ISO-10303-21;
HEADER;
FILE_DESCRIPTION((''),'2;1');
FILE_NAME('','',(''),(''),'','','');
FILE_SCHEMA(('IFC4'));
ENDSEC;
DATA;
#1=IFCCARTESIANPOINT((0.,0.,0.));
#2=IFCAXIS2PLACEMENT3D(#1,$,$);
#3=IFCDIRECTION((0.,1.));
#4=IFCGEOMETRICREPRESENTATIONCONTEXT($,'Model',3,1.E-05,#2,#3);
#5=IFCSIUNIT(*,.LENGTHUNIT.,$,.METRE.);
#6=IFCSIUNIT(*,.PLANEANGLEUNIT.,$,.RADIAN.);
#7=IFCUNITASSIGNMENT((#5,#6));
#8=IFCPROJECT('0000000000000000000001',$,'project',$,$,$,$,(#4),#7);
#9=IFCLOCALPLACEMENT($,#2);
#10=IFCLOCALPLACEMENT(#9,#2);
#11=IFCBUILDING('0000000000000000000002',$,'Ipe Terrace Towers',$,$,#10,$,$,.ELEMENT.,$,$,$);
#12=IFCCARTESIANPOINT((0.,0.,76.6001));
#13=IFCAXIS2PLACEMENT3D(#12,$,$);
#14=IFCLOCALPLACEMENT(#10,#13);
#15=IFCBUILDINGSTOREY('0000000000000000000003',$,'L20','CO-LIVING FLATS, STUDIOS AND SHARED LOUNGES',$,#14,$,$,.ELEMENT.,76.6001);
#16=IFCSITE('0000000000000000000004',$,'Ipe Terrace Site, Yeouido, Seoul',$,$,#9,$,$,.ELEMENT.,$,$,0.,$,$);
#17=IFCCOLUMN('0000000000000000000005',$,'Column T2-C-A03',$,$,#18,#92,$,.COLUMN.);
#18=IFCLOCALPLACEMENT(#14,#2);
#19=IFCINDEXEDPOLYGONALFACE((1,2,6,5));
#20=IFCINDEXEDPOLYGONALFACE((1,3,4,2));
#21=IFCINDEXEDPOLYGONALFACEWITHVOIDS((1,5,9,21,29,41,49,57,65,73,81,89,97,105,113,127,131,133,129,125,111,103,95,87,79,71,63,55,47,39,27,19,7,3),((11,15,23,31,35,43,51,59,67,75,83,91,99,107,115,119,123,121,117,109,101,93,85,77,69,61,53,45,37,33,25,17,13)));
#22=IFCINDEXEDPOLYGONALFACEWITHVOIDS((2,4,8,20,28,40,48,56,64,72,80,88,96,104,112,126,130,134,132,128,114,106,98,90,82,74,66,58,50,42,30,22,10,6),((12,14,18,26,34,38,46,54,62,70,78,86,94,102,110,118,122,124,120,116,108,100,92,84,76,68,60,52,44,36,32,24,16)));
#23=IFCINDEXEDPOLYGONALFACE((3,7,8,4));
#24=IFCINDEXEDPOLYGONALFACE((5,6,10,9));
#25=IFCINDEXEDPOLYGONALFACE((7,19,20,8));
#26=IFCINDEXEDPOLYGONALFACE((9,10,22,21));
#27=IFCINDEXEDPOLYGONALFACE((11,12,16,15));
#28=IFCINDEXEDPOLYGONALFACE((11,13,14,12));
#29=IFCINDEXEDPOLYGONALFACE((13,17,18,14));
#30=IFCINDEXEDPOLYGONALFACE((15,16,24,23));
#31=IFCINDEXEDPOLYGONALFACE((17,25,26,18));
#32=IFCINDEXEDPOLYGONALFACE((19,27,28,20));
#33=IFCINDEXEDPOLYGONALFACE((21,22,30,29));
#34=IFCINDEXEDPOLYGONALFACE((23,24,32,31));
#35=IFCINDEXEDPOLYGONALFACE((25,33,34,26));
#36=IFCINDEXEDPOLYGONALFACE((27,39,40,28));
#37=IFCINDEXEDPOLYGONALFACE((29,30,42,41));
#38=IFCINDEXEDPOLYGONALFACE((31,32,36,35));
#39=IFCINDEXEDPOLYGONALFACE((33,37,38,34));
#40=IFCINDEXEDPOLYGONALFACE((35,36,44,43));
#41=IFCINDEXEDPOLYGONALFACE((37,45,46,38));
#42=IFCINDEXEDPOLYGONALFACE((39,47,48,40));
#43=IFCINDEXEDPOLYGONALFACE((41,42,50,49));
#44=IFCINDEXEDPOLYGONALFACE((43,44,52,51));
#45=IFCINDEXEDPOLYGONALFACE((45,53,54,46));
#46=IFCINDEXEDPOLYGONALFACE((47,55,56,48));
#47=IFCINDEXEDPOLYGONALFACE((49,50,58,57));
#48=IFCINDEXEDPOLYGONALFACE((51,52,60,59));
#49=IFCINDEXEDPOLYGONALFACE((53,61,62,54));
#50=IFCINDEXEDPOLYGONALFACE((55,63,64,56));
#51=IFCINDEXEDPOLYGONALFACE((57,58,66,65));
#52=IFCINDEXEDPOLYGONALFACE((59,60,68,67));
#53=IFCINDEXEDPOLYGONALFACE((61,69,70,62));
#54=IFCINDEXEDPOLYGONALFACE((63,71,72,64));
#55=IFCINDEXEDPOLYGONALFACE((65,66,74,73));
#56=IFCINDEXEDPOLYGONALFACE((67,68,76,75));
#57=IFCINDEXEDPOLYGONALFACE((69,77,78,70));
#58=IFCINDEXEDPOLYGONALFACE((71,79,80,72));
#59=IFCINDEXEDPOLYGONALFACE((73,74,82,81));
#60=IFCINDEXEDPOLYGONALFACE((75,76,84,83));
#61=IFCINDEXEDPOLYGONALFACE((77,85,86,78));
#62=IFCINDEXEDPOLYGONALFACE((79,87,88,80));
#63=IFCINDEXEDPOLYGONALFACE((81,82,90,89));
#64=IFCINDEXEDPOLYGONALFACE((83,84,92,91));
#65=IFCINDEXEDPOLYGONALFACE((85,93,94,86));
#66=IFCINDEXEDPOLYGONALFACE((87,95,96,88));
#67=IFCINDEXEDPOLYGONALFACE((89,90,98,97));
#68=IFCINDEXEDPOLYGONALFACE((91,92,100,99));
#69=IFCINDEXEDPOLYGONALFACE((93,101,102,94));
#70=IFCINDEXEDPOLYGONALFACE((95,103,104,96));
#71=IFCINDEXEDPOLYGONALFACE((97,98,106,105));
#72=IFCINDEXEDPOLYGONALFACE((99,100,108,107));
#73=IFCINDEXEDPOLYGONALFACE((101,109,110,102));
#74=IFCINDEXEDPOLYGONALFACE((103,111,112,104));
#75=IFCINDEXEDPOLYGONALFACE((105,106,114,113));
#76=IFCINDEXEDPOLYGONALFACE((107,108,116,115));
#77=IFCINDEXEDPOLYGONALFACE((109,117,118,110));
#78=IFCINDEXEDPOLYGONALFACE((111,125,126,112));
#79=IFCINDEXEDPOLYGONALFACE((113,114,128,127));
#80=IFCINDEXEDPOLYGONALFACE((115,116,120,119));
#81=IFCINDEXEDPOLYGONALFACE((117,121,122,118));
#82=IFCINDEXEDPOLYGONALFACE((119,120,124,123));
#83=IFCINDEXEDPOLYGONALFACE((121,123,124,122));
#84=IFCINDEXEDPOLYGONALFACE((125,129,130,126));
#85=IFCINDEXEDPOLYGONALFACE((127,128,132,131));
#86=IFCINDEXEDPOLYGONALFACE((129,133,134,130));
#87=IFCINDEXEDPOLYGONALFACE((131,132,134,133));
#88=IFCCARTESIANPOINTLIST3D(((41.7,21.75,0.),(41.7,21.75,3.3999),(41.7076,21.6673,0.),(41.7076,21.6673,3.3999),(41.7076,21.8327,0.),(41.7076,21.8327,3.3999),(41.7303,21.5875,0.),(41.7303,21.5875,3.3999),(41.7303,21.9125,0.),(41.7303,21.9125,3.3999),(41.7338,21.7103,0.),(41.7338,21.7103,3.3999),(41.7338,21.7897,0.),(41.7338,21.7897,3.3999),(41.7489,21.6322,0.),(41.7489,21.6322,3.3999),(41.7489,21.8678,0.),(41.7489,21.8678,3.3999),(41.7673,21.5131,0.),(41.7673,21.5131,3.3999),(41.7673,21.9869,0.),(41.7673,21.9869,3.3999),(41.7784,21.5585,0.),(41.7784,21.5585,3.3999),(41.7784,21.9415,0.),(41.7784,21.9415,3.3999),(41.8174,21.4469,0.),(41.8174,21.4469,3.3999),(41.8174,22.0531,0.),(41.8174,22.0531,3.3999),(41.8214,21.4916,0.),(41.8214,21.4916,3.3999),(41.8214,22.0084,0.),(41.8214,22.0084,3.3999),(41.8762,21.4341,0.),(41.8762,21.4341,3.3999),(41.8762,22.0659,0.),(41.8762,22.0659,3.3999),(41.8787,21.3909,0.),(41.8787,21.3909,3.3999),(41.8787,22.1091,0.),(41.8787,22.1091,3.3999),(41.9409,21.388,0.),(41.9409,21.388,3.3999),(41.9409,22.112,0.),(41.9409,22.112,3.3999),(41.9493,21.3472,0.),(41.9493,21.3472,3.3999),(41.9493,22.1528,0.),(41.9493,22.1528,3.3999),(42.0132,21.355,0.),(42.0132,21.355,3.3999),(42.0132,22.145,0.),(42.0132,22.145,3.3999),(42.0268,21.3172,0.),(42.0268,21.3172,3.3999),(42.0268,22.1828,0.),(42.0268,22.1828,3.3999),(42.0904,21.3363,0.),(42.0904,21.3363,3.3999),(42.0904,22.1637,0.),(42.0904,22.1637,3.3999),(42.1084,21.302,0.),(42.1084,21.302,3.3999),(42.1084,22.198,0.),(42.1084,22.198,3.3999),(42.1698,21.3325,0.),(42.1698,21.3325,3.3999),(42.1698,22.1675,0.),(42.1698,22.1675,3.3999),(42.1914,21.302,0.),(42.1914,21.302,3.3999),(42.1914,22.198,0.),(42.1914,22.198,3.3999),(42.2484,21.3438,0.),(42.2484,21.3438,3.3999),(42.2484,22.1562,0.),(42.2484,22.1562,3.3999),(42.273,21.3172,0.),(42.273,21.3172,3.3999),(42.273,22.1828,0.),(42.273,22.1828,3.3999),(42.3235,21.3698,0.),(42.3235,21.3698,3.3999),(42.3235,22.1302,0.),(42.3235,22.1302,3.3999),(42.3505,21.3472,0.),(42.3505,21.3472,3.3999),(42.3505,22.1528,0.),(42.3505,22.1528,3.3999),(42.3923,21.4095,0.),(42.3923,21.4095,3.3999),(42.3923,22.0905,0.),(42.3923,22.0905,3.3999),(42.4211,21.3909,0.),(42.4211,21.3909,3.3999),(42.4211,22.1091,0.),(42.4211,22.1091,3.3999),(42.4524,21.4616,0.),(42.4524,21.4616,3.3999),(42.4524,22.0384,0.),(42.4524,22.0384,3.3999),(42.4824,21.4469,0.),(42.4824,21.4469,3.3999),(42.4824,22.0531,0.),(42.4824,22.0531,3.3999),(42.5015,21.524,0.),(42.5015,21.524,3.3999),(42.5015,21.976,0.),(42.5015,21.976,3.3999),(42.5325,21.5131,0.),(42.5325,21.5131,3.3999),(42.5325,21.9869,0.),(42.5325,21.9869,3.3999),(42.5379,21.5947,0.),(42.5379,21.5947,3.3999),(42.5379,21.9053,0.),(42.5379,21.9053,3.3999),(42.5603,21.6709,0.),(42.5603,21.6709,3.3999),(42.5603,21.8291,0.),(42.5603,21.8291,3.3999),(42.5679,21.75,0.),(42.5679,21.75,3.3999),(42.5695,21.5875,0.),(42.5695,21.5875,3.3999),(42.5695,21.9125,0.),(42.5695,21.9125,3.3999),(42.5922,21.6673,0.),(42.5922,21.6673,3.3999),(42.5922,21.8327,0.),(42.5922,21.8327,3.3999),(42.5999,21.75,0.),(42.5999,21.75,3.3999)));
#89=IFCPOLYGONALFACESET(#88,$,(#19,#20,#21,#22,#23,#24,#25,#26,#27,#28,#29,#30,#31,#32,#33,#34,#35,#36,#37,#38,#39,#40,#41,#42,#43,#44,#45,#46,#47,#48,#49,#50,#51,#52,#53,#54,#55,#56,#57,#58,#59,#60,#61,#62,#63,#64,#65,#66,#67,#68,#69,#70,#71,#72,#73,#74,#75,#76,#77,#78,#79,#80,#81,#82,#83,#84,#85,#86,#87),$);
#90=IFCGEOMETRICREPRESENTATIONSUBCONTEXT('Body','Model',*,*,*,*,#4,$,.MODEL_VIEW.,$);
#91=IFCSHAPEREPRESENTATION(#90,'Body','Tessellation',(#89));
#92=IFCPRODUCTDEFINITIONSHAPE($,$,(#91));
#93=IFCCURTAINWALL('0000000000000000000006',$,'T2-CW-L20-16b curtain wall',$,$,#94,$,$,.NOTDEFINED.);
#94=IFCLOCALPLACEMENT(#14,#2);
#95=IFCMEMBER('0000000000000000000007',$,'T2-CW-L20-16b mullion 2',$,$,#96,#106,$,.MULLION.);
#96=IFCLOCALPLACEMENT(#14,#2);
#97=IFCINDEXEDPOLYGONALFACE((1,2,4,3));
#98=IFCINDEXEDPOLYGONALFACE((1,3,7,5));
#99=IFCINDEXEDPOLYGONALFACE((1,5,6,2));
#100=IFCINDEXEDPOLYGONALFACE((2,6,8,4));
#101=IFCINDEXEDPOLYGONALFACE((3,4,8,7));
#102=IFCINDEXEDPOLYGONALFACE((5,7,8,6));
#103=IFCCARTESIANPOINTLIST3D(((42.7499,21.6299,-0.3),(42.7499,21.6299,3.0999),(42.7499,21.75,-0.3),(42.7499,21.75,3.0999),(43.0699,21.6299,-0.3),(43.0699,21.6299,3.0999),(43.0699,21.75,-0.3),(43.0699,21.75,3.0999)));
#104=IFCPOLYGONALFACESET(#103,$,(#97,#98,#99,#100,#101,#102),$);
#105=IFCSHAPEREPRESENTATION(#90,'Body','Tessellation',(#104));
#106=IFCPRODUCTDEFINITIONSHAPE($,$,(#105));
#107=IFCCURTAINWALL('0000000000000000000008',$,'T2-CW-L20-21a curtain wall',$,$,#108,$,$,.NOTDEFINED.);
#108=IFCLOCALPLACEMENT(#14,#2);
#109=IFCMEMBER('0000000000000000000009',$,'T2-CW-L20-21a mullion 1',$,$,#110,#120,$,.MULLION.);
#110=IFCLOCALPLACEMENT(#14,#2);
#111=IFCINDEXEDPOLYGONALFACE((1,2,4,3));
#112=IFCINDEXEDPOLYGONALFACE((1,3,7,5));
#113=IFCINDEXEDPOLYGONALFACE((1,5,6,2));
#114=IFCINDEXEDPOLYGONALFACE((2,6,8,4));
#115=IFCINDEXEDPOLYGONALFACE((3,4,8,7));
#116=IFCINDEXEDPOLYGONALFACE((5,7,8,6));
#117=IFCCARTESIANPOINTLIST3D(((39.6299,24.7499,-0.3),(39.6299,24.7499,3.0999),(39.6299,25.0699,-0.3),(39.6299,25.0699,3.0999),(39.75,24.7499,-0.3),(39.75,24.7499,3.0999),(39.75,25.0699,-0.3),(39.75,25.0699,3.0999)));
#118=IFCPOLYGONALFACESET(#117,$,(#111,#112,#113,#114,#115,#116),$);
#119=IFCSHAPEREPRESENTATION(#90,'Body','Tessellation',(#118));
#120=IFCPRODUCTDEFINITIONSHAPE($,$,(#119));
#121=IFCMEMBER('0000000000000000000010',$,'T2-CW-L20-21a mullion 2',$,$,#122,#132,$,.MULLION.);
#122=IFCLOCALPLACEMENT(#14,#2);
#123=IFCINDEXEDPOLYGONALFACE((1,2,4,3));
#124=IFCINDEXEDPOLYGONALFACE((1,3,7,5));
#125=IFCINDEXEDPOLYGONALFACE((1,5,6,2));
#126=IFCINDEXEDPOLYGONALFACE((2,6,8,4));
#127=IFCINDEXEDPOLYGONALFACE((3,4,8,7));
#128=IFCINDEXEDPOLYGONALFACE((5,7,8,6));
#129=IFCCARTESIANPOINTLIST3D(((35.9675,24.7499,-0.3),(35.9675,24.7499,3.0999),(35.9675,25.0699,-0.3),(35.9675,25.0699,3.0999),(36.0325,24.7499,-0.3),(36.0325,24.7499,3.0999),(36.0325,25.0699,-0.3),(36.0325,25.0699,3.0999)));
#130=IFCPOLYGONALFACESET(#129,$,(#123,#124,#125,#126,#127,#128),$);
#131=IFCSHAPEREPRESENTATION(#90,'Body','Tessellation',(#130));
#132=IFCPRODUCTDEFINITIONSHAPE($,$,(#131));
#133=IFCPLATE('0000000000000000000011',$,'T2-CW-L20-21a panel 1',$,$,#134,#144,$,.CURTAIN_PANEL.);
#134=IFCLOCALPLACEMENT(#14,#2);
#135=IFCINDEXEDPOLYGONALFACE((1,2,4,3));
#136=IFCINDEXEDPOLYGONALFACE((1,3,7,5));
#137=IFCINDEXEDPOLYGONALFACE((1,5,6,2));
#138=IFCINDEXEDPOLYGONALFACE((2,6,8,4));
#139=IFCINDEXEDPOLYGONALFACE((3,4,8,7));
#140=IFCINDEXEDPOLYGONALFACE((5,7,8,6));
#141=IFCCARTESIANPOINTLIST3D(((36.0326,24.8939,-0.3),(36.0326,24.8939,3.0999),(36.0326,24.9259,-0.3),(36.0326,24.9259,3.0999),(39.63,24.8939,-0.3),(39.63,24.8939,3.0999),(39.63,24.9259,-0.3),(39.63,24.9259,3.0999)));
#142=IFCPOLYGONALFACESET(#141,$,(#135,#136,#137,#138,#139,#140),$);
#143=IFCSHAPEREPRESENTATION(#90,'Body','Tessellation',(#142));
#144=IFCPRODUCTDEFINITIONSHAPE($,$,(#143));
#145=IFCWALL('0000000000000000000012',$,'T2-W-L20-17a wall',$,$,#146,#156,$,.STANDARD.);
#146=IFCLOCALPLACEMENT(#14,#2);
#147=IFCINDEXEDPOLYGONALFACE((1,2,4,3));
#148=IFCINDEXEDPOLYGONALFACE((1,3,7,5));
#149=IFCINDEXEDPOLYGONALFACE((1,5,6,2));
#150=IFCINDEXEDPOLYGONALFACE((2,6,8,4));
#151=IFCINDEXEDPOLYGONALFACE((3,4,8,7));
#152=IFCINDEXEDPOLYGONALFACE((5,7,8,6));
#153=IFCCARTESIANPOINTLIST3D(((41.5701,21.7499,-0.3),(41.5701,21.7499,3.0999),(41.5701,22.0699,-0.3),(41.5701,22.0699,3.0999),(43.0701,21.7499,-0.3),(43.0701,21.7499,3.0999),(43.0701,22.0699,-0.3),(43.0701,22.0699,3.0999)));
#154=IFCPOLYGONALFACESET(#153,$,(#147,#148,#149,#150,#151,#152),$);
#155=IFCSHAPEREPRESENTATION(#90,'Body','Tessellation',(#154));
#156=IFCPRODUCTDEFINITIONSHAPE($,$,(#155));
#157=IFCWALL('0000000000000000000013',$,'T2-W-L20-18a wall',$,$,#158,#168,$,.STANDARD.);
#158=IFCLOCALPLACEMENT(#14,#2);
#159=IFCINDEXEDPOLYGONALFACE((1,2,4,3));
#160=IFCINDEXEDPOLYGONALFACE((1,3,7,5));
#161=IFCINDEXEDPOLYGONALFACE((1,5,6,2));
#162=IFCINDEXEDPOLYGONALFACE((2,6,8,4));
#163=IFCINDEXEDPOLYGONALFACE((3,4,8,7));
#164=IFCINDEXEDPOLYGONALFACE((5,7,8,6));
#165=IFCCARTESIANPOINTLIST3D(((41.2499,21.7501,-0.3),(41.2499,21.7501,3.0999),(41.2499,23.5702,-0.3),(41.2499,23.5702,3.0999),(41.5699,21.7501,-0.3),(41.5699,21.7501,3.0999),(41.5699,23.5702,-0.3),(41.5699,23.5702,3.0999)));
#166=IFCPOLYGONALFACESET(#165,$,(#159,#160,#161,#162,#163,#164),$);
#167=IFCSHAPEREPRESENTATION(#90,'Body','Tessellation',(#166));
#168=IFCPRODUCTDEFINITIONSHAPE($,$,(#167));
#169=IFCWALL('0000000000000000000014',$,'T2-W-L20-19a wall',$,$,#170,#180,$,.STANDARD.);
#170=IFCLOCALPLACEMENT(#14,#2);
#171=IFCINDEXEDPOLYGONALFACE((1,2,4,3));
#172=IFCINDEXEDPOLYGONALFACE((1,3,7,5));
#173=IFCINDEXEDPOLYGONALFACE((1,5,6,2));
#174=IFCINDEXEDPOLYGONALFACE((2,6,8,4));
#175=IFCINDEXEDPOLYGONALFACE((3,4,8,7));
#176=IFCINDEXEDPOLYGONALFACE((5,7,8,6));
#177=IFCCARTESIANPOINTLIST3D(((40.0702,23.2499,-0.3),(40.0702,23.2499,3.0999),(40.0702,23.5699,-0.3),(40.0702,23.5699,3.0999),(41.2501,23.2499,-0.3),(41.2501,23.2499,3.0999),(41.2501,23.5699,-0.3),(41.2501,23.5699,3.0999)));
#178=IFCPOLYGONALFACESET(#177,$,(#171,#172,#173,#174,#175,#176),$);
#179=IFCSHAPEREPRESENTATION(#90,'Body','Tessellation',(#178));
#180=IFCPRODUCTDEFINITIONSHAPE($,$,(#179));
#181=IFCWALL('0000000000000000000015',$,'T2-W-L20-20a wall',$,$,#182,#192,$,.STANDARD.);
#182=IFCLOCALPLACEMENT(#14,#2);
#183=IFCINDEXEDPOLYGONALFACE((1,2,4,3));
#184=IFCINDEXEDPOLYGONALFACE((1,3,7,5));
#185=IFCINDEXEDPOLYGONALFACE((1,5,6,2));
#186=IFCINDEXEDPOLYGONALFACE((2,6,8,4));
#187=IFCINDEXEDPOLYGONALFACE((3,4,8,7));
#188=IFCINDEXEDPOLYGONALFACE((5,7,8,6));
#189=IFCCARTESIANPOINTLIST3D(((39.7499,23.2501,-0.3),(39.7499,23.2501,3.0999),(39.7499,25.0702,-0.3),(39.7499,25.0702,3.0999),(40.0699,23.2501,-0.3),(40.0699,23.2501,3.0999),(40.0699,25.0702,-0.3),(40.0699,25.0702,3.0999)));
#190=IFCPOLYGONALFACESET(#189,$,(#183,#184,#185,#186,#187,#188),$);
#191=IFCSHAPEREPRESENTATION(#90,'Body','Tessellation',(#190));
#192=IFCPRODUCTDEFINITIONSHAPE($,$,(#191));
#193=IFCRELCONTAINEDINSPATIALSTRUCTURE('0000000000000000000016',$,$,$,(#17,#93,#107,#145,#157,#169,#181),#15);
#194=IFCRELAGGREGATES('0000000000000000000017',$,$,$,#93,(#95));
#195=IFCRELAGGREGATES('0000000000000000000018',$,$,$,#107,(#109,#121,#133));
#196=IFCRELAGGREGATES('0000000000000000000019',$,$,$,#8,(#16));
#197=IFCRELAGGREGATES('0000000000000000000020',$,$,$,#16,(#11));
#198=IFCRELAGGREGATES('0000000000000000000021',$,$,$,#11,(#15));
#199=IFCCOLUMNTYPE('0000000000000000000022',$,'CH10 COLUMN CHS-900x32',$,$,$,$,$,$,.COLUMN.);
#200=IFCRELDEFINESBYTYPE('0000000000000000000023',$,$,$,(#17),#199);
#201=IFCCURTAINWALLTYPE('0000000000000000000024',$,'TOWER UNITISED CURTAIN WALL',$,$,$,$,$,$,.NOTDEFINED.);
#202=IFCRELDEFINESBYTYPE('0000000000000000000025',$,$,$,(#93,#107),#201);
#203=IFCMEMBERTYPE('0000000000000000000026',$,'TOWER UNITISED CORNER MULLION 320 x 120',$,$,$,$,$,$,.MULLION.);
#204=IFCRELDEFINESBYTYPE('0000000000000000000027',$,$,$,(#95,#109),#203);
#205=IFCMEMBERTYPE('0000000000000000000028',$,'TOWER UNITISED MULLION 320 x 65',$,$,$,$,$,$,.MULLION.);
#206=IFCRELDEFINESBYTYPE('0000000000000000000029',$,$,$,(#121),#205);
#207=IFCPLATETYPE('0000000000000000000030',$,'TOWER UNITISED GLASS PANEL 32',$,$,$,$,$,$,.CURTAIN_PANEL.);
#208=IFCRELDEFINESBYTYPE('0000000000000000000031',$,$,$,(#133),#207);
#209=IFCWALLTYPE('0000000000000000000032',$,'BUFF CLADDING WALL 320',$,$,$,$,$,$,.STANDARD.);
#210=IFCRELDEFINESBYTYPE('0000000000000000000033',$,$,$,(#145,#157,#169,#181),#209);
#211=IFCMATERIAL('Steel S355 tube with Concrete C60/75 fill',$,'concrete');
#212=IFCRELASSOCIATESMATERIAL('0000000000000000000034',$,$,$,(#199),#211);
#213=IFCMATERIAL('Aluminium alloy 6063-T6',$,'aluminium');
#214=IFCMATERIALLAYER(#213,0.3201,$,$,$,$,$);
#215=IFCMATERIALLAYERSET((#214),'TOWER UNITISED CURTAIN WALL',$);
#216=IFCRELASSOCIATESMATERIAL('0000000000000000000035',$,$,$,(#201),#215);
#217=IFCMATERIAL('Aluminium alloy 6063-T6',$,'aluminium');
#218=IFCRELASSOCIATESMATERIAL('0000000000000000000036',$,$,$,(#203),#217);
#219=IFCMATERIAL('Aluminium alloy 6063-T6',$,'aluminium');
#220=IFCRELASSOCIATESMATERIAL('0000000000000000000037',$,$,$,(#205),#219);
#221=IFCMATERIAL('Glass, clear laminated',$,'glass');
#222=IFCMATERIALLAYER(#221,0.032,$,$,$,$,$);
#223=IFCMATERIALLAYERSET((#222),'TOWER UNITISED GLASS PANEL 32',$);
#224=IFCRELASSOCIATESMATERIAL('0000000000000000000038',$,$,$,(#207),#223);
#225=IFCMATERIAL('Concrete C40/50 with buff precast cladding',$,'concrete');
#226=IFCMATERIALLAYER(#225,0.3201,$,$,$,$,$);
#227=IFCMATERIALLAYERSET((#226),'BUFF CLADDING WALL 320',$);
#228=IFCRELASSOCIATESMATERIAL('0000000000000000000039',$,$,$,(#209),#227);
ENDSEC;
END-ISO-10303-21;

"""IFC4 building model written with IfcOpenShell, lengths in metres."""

from ifc_helpers import new_model, si_unit, direction, frame, frame_2d, origin, origin_2d, place, context, subcontext, project, spatial, rectangle, hollow_circle, extrude, material, layer, layer_set, material_profile, profile_set, type_object, element, aggregate, save


model = new_model("IFC4")

# Units and contexts
model_context = context("Model", 3, precision=1e-05, world=origin(), true_north=direction((0.0, 1.0)))
body_context = subcontext(model_context, "Body", "Model", "MODEL_VIEW")
ifc_project = project(units=[si_unit("LENGTHUNIT", "METRE"), si_unit("PLANEANGLEUNIT", "RADIAN")], contexts=[model_context])

# Site, building, storey
site_placement = place(None, origin())
site = spatial("IfcSite", under=ifc_project, at=site_placement, Name="Ipe Terrace Site, Yeouido, Seoul", CompositionType="ELEMENT", RefElevation=0.0)
building_placement = place(site_placement, origin())
building = spatial("IfcBuilding", under=site, at=building_placement, Name="Ipe Terrace Towers", CompositionType="ELEMENT")
storey_placement = place(building_placement, frame((0.0, 0.0, 76.6001)))
storey = spatial("IfcBuildingStorey", under=building, at=storey_placement, Name="L20", Description="CO-LIVING FLATS, STUDIOS AND SHARED LOUNGES", CompositionType="ELEMENT", Elevation=76.6001)

# Column
ifc_material_1 = material(Name="Steel S355 tube with Concrete C60/75 fill", Category="concrete")
ifc_material_profile_1 = material_profile(ifc_material_1, hollow_circle(Radius=0.45, WallThickness=0.032, at=origin_2d()), Name="CHS-900x32")
ifc_profile_set_1 = profile_set([ifc_material_profile_1], Name="Steel S355 tube with Concrete C60/75 fill")
column_type = type_object("IfcColumnType", Name="CH10 COLUMN CHS-900x32", PredefinedType="COLUMN", material=ifc_profile_set_1)
column_placement = place(storey_placement, frame((42.1499, 21.75, 0.0), z_axis=(0.0, 0.0, 1.0), x_axis=(1.0, 0.0, 0.0)))
element("IfcColumn", 1, at=column_placement, inside=storey, type_object=column_type, Name="Column T2-C-A03", PredefinedType="COLUMN", context=body_context, shape_type="SweptSolid", body=[
    extrude(hollow_circle(Radius=0.45, WallThickness=0.032, at=origin_2d()), origin(), (0.0, 0.0, 1.0), 3.3999),
])

# Curtain wall, member
ifc_material_2 = material(Name="Aluminium alloy 6063-T6", Category="aluminium")
ifc_layer_1 = layer(ifc_material_2, 0.3201)
ifc_layer_set_1 = layer_set([ifc_layer_1], Name="TOWER UNITISED CURTAIN WALL")
curtain_wall_type = type_object("IfcCurtainWallType", Name="TOWER UNITISED CURTAIN WALL", PredefinedType="NOTDEFINED", material=ifc_layer_set_1)
curtain_wall_1_placement = place(storey_placement, origin())
curtain_wall_1 = element("IfcCurtainWall", 2, at=curtain_wall_1_placement, inside=storey, type_object=curtain_wall_type, Name="T2-CW-L20-16b curtain wall", PredefinedType="NOTDEFINED")
ifc_material_3 = material(Name="Aluminium alloy 6063-T6", Category="aluminium")
ifc_material_profile_2 = material_profile(ifc_material_3, rectangle(XDim=0.3201, YDim=0.1201, at=origin_2d()), Name="TOWER UNITISED CORNER MULLION 320 x 120")
ifc_profile_set_2 = profile_set([ifc_material_profile_2], Name="Aluminium alloy 6063-T6")
member_type_1 = type_object("IfcMemberType", Name="TOWER UNITISED CORNER MULLION 320 x 120", PredefinedType="MULLION", material=ifc_profile_set_2)
member_1_placement = place(storey_placement, frame((42.9099, 21.6899, -0.3), z_axis=(0.0, 0.0, 1.0), x_axis=(1.0, 0.0, 0.0)))
member_1 = element("IfcMember", 3, at=member_1_placement, type_object=member_type_1, Name="T2-CW-L20-16b mullion 2", PredefinedType="MULLION", context=body_context, shape_type="SweptSolid", body=[
    extrude(rectangle(XDim=0.3201, YDim=0.1201, at=origin_2d()), origin(), (0.0, 0.0, 1.0), 3.3999),
])
aggregate(curtain_wall_1, [member_1])

# Curtain wall, members, plate
curtain_wall_2_placement = place(storey_placement, origin())
curtain_wall_2 = element("IfcCurtainWall", 4, at=curtain_wall_2_placement, inside=storey, type_object=curtain_wall_type, Name="T2-CW-L20-21a curtain wall", PredefinedType="NOTDEFINED")
member_2_placement = place(storey_placement, frame((39.6899, 24.9099, -0.3), z_axis=(0.0, 0.0, 1.0), x_axis=(0.0, 1.0, 0.0)))
member_2 = element("IfcMember", 5, at=member_2_placement, type_object=member_type_1, Name="T2-CW-L20-21a mullion 1", PredefinedType="MULLION", context=body_context, shape_type="SweptSolid", body=[
    extrude(rectangle(XDim=0.3201, YDim=0.1201, at=origin_2d()), origin(), (0.0, 0.0, 1.0), 3.3999),
])
ifc_material_4 = material(Name="Aluminium alloy 6063-T6", Category="aluminium")
ifc_material_profile_3 = material_profile(ifc_material_4, rectangle(XDim=0.3201, YDim=0.0649, at=origin_2d()), Name="TOWER UNITISED MULLION 320 x 65")
ifc_profile_set_3 = profile_set([ifc_material_profile_3], Name="Aluminium alloy 6063-T6")
member_type_2 = type_object("IfcMemberType", Name="TOWER UNITISED MULLION 320 x 65", PredefinedType="MULLION", material=ifc_profile_set_3)
member_3_placement = place(storey_placement, frame((36.0, 24.9099, -0.3), z_axis=(0.0, 0.0, 1.0), x_axis=(0.0, 1.0, 0.0)))
member_3 = element("IfcMember", 6, at=member_3_placement, type_object=member_type_2, Name="T2-CW-L20-21a mullion 2", PredefinedType="MULLION", context=body_context, shape_type="SweptSolid", body=[
    extrude(rectangle(XDim=0.3201, YDim=0.0649, at=origin_2d()), origin(), (0.0, 0.0, 1.0), 3.3999),
])
ifc_material_5 = material(Name="Glass, clear laminated", Category="glass")
ifc_layer_2 = layer(ifc_material_5, 0.032)
ifc_layer_set_2 = layer_set([ifc_layer_2], Name="TOWER UNITISED GLASS PANEL 32")
plate_type = type_object("IfcPlateType", Name="TOWER UNITISED GLASS PANEL 32", PredefinedType="CURTAIN_PANEL", material=ifc_layer_set_2)
plate_placement = place(storey_placement, frame((37.8313, 24.9099, -0.3), z_axis=(0.0, 0.0, 1.0), x_axis=(-1.0, 0.0, 0.0)))
plate = element("IfcPlate", 7, at=plate_placement, type_object=plate_type, Name="T2-CW-L20-21a panel 1", PredefinedType="CURTAIN_PANEL", context=body_context, shape_type="SweptSolid", body=[
    extrude(rectangle(XDim=3.5974, YDim=0.032, at=origin_2d()), origin(), (0.0, 0.0, 1.0), 3.3999),
])
aggregate(curtain_wall_2, [member_2, member_3, plate])

# Walls
ifc_material_6 = material(Name="Concrete C40/50 with buff precast cladding", Category="concrete")
ifc_layer_3 = layer(ifc_material_6, 0.3201)
ifc_layer_set_3 = layer_set([ifc_layer_3], Name="BUFF CLADDING WALL 320")
wall_type_1 = type_object("IfcWallType", Name="BUFF CLADDING WALL 320", PredefinedType="STANDARD", material=ifc_layer_set_3)
wall_1_placement = place(storey_placement, frame((43.0701, 21.9099, -0.3), z_axis=(0.0, 0.0, 1.0), x_axis=(-1.0, 0.0, 0.0)))
element("IfcWall", 8, at=wall_1_placement, inside=storey, type_object=wall_type_1, Name="T2-W-L20-17a wall", PredefinedType="STANDARD", context=body_context, shape_type="SweptSolid", body=[
    extrude(rectangle(XDim=1.5, YDim=0.3201, at=frame_2d((0.75, 0.0))), origin(), (0.0, 0.0, 1.0), 3.3999),
])
wall_2_placement = place(storey_placement, frame((41.4099, 21.75, -0.3), z_axis=(0.0, 0.0, 1.0), x_axis=(0.0, 1.0, 0.0)))
element("IfcWall", 9, at=wall_2_placement, inside=storey, type_object=wall_type_1, Name="T2-W-L20-18a wall", PredefinedType="STANDARD", context=body_context, shape_type="SweptSolid", body=[
    extrude(rectangle(XDim=1.8201, YDim=0.3201, at=frame_2d((0.9102, 0.0))), origin(), (0.0, 0.0, 1.0), 3.3999),
])
wall_3_placement = place(storey_placement, frame((41.25, 23.4099, -0.3), z_axis=(0.0, 0.0, 1.0), x_axis=(-1.0, 0.0, 0.0)))
element("IfcWall", 10, at=wall_3_placement, inside=storey, type_object=wall_type_1, Name="T2-W-L20-19a wall", PredefinedType="STANDARD", context=body_context, shape_type="SweptSolid", body=[
    extrude(rectangle(XDim=1.1799, YDim=0.3201, at=frame_2d((0.5898, 0.0))), origin(), (0.0, 0.0, 1.0), 3.3999),
])
wall_4_placement = place(storey_placement, frame((39.9099, 23.25, -0.3), z_axis=(0.0, 0.0, 1.0), x_axis=(0.0, 1.0, 0.0)))
element("IfcWall", 11, at=wall_4_placement, inside=storey, type_object=wall_type_1, Name="T2-W-L20-20a wall", PredefinedType="STANDARD", context=body_context, shape_type="SweptSolid", body=[
    extrude(rectangle(XDim=1.8201, YDim=0.3201, at=frame_2d((0.9102, 0.0))), origin(), (0.0, 0.0, 1.0), 3.3999),
])

save(model, "model.ifc")
